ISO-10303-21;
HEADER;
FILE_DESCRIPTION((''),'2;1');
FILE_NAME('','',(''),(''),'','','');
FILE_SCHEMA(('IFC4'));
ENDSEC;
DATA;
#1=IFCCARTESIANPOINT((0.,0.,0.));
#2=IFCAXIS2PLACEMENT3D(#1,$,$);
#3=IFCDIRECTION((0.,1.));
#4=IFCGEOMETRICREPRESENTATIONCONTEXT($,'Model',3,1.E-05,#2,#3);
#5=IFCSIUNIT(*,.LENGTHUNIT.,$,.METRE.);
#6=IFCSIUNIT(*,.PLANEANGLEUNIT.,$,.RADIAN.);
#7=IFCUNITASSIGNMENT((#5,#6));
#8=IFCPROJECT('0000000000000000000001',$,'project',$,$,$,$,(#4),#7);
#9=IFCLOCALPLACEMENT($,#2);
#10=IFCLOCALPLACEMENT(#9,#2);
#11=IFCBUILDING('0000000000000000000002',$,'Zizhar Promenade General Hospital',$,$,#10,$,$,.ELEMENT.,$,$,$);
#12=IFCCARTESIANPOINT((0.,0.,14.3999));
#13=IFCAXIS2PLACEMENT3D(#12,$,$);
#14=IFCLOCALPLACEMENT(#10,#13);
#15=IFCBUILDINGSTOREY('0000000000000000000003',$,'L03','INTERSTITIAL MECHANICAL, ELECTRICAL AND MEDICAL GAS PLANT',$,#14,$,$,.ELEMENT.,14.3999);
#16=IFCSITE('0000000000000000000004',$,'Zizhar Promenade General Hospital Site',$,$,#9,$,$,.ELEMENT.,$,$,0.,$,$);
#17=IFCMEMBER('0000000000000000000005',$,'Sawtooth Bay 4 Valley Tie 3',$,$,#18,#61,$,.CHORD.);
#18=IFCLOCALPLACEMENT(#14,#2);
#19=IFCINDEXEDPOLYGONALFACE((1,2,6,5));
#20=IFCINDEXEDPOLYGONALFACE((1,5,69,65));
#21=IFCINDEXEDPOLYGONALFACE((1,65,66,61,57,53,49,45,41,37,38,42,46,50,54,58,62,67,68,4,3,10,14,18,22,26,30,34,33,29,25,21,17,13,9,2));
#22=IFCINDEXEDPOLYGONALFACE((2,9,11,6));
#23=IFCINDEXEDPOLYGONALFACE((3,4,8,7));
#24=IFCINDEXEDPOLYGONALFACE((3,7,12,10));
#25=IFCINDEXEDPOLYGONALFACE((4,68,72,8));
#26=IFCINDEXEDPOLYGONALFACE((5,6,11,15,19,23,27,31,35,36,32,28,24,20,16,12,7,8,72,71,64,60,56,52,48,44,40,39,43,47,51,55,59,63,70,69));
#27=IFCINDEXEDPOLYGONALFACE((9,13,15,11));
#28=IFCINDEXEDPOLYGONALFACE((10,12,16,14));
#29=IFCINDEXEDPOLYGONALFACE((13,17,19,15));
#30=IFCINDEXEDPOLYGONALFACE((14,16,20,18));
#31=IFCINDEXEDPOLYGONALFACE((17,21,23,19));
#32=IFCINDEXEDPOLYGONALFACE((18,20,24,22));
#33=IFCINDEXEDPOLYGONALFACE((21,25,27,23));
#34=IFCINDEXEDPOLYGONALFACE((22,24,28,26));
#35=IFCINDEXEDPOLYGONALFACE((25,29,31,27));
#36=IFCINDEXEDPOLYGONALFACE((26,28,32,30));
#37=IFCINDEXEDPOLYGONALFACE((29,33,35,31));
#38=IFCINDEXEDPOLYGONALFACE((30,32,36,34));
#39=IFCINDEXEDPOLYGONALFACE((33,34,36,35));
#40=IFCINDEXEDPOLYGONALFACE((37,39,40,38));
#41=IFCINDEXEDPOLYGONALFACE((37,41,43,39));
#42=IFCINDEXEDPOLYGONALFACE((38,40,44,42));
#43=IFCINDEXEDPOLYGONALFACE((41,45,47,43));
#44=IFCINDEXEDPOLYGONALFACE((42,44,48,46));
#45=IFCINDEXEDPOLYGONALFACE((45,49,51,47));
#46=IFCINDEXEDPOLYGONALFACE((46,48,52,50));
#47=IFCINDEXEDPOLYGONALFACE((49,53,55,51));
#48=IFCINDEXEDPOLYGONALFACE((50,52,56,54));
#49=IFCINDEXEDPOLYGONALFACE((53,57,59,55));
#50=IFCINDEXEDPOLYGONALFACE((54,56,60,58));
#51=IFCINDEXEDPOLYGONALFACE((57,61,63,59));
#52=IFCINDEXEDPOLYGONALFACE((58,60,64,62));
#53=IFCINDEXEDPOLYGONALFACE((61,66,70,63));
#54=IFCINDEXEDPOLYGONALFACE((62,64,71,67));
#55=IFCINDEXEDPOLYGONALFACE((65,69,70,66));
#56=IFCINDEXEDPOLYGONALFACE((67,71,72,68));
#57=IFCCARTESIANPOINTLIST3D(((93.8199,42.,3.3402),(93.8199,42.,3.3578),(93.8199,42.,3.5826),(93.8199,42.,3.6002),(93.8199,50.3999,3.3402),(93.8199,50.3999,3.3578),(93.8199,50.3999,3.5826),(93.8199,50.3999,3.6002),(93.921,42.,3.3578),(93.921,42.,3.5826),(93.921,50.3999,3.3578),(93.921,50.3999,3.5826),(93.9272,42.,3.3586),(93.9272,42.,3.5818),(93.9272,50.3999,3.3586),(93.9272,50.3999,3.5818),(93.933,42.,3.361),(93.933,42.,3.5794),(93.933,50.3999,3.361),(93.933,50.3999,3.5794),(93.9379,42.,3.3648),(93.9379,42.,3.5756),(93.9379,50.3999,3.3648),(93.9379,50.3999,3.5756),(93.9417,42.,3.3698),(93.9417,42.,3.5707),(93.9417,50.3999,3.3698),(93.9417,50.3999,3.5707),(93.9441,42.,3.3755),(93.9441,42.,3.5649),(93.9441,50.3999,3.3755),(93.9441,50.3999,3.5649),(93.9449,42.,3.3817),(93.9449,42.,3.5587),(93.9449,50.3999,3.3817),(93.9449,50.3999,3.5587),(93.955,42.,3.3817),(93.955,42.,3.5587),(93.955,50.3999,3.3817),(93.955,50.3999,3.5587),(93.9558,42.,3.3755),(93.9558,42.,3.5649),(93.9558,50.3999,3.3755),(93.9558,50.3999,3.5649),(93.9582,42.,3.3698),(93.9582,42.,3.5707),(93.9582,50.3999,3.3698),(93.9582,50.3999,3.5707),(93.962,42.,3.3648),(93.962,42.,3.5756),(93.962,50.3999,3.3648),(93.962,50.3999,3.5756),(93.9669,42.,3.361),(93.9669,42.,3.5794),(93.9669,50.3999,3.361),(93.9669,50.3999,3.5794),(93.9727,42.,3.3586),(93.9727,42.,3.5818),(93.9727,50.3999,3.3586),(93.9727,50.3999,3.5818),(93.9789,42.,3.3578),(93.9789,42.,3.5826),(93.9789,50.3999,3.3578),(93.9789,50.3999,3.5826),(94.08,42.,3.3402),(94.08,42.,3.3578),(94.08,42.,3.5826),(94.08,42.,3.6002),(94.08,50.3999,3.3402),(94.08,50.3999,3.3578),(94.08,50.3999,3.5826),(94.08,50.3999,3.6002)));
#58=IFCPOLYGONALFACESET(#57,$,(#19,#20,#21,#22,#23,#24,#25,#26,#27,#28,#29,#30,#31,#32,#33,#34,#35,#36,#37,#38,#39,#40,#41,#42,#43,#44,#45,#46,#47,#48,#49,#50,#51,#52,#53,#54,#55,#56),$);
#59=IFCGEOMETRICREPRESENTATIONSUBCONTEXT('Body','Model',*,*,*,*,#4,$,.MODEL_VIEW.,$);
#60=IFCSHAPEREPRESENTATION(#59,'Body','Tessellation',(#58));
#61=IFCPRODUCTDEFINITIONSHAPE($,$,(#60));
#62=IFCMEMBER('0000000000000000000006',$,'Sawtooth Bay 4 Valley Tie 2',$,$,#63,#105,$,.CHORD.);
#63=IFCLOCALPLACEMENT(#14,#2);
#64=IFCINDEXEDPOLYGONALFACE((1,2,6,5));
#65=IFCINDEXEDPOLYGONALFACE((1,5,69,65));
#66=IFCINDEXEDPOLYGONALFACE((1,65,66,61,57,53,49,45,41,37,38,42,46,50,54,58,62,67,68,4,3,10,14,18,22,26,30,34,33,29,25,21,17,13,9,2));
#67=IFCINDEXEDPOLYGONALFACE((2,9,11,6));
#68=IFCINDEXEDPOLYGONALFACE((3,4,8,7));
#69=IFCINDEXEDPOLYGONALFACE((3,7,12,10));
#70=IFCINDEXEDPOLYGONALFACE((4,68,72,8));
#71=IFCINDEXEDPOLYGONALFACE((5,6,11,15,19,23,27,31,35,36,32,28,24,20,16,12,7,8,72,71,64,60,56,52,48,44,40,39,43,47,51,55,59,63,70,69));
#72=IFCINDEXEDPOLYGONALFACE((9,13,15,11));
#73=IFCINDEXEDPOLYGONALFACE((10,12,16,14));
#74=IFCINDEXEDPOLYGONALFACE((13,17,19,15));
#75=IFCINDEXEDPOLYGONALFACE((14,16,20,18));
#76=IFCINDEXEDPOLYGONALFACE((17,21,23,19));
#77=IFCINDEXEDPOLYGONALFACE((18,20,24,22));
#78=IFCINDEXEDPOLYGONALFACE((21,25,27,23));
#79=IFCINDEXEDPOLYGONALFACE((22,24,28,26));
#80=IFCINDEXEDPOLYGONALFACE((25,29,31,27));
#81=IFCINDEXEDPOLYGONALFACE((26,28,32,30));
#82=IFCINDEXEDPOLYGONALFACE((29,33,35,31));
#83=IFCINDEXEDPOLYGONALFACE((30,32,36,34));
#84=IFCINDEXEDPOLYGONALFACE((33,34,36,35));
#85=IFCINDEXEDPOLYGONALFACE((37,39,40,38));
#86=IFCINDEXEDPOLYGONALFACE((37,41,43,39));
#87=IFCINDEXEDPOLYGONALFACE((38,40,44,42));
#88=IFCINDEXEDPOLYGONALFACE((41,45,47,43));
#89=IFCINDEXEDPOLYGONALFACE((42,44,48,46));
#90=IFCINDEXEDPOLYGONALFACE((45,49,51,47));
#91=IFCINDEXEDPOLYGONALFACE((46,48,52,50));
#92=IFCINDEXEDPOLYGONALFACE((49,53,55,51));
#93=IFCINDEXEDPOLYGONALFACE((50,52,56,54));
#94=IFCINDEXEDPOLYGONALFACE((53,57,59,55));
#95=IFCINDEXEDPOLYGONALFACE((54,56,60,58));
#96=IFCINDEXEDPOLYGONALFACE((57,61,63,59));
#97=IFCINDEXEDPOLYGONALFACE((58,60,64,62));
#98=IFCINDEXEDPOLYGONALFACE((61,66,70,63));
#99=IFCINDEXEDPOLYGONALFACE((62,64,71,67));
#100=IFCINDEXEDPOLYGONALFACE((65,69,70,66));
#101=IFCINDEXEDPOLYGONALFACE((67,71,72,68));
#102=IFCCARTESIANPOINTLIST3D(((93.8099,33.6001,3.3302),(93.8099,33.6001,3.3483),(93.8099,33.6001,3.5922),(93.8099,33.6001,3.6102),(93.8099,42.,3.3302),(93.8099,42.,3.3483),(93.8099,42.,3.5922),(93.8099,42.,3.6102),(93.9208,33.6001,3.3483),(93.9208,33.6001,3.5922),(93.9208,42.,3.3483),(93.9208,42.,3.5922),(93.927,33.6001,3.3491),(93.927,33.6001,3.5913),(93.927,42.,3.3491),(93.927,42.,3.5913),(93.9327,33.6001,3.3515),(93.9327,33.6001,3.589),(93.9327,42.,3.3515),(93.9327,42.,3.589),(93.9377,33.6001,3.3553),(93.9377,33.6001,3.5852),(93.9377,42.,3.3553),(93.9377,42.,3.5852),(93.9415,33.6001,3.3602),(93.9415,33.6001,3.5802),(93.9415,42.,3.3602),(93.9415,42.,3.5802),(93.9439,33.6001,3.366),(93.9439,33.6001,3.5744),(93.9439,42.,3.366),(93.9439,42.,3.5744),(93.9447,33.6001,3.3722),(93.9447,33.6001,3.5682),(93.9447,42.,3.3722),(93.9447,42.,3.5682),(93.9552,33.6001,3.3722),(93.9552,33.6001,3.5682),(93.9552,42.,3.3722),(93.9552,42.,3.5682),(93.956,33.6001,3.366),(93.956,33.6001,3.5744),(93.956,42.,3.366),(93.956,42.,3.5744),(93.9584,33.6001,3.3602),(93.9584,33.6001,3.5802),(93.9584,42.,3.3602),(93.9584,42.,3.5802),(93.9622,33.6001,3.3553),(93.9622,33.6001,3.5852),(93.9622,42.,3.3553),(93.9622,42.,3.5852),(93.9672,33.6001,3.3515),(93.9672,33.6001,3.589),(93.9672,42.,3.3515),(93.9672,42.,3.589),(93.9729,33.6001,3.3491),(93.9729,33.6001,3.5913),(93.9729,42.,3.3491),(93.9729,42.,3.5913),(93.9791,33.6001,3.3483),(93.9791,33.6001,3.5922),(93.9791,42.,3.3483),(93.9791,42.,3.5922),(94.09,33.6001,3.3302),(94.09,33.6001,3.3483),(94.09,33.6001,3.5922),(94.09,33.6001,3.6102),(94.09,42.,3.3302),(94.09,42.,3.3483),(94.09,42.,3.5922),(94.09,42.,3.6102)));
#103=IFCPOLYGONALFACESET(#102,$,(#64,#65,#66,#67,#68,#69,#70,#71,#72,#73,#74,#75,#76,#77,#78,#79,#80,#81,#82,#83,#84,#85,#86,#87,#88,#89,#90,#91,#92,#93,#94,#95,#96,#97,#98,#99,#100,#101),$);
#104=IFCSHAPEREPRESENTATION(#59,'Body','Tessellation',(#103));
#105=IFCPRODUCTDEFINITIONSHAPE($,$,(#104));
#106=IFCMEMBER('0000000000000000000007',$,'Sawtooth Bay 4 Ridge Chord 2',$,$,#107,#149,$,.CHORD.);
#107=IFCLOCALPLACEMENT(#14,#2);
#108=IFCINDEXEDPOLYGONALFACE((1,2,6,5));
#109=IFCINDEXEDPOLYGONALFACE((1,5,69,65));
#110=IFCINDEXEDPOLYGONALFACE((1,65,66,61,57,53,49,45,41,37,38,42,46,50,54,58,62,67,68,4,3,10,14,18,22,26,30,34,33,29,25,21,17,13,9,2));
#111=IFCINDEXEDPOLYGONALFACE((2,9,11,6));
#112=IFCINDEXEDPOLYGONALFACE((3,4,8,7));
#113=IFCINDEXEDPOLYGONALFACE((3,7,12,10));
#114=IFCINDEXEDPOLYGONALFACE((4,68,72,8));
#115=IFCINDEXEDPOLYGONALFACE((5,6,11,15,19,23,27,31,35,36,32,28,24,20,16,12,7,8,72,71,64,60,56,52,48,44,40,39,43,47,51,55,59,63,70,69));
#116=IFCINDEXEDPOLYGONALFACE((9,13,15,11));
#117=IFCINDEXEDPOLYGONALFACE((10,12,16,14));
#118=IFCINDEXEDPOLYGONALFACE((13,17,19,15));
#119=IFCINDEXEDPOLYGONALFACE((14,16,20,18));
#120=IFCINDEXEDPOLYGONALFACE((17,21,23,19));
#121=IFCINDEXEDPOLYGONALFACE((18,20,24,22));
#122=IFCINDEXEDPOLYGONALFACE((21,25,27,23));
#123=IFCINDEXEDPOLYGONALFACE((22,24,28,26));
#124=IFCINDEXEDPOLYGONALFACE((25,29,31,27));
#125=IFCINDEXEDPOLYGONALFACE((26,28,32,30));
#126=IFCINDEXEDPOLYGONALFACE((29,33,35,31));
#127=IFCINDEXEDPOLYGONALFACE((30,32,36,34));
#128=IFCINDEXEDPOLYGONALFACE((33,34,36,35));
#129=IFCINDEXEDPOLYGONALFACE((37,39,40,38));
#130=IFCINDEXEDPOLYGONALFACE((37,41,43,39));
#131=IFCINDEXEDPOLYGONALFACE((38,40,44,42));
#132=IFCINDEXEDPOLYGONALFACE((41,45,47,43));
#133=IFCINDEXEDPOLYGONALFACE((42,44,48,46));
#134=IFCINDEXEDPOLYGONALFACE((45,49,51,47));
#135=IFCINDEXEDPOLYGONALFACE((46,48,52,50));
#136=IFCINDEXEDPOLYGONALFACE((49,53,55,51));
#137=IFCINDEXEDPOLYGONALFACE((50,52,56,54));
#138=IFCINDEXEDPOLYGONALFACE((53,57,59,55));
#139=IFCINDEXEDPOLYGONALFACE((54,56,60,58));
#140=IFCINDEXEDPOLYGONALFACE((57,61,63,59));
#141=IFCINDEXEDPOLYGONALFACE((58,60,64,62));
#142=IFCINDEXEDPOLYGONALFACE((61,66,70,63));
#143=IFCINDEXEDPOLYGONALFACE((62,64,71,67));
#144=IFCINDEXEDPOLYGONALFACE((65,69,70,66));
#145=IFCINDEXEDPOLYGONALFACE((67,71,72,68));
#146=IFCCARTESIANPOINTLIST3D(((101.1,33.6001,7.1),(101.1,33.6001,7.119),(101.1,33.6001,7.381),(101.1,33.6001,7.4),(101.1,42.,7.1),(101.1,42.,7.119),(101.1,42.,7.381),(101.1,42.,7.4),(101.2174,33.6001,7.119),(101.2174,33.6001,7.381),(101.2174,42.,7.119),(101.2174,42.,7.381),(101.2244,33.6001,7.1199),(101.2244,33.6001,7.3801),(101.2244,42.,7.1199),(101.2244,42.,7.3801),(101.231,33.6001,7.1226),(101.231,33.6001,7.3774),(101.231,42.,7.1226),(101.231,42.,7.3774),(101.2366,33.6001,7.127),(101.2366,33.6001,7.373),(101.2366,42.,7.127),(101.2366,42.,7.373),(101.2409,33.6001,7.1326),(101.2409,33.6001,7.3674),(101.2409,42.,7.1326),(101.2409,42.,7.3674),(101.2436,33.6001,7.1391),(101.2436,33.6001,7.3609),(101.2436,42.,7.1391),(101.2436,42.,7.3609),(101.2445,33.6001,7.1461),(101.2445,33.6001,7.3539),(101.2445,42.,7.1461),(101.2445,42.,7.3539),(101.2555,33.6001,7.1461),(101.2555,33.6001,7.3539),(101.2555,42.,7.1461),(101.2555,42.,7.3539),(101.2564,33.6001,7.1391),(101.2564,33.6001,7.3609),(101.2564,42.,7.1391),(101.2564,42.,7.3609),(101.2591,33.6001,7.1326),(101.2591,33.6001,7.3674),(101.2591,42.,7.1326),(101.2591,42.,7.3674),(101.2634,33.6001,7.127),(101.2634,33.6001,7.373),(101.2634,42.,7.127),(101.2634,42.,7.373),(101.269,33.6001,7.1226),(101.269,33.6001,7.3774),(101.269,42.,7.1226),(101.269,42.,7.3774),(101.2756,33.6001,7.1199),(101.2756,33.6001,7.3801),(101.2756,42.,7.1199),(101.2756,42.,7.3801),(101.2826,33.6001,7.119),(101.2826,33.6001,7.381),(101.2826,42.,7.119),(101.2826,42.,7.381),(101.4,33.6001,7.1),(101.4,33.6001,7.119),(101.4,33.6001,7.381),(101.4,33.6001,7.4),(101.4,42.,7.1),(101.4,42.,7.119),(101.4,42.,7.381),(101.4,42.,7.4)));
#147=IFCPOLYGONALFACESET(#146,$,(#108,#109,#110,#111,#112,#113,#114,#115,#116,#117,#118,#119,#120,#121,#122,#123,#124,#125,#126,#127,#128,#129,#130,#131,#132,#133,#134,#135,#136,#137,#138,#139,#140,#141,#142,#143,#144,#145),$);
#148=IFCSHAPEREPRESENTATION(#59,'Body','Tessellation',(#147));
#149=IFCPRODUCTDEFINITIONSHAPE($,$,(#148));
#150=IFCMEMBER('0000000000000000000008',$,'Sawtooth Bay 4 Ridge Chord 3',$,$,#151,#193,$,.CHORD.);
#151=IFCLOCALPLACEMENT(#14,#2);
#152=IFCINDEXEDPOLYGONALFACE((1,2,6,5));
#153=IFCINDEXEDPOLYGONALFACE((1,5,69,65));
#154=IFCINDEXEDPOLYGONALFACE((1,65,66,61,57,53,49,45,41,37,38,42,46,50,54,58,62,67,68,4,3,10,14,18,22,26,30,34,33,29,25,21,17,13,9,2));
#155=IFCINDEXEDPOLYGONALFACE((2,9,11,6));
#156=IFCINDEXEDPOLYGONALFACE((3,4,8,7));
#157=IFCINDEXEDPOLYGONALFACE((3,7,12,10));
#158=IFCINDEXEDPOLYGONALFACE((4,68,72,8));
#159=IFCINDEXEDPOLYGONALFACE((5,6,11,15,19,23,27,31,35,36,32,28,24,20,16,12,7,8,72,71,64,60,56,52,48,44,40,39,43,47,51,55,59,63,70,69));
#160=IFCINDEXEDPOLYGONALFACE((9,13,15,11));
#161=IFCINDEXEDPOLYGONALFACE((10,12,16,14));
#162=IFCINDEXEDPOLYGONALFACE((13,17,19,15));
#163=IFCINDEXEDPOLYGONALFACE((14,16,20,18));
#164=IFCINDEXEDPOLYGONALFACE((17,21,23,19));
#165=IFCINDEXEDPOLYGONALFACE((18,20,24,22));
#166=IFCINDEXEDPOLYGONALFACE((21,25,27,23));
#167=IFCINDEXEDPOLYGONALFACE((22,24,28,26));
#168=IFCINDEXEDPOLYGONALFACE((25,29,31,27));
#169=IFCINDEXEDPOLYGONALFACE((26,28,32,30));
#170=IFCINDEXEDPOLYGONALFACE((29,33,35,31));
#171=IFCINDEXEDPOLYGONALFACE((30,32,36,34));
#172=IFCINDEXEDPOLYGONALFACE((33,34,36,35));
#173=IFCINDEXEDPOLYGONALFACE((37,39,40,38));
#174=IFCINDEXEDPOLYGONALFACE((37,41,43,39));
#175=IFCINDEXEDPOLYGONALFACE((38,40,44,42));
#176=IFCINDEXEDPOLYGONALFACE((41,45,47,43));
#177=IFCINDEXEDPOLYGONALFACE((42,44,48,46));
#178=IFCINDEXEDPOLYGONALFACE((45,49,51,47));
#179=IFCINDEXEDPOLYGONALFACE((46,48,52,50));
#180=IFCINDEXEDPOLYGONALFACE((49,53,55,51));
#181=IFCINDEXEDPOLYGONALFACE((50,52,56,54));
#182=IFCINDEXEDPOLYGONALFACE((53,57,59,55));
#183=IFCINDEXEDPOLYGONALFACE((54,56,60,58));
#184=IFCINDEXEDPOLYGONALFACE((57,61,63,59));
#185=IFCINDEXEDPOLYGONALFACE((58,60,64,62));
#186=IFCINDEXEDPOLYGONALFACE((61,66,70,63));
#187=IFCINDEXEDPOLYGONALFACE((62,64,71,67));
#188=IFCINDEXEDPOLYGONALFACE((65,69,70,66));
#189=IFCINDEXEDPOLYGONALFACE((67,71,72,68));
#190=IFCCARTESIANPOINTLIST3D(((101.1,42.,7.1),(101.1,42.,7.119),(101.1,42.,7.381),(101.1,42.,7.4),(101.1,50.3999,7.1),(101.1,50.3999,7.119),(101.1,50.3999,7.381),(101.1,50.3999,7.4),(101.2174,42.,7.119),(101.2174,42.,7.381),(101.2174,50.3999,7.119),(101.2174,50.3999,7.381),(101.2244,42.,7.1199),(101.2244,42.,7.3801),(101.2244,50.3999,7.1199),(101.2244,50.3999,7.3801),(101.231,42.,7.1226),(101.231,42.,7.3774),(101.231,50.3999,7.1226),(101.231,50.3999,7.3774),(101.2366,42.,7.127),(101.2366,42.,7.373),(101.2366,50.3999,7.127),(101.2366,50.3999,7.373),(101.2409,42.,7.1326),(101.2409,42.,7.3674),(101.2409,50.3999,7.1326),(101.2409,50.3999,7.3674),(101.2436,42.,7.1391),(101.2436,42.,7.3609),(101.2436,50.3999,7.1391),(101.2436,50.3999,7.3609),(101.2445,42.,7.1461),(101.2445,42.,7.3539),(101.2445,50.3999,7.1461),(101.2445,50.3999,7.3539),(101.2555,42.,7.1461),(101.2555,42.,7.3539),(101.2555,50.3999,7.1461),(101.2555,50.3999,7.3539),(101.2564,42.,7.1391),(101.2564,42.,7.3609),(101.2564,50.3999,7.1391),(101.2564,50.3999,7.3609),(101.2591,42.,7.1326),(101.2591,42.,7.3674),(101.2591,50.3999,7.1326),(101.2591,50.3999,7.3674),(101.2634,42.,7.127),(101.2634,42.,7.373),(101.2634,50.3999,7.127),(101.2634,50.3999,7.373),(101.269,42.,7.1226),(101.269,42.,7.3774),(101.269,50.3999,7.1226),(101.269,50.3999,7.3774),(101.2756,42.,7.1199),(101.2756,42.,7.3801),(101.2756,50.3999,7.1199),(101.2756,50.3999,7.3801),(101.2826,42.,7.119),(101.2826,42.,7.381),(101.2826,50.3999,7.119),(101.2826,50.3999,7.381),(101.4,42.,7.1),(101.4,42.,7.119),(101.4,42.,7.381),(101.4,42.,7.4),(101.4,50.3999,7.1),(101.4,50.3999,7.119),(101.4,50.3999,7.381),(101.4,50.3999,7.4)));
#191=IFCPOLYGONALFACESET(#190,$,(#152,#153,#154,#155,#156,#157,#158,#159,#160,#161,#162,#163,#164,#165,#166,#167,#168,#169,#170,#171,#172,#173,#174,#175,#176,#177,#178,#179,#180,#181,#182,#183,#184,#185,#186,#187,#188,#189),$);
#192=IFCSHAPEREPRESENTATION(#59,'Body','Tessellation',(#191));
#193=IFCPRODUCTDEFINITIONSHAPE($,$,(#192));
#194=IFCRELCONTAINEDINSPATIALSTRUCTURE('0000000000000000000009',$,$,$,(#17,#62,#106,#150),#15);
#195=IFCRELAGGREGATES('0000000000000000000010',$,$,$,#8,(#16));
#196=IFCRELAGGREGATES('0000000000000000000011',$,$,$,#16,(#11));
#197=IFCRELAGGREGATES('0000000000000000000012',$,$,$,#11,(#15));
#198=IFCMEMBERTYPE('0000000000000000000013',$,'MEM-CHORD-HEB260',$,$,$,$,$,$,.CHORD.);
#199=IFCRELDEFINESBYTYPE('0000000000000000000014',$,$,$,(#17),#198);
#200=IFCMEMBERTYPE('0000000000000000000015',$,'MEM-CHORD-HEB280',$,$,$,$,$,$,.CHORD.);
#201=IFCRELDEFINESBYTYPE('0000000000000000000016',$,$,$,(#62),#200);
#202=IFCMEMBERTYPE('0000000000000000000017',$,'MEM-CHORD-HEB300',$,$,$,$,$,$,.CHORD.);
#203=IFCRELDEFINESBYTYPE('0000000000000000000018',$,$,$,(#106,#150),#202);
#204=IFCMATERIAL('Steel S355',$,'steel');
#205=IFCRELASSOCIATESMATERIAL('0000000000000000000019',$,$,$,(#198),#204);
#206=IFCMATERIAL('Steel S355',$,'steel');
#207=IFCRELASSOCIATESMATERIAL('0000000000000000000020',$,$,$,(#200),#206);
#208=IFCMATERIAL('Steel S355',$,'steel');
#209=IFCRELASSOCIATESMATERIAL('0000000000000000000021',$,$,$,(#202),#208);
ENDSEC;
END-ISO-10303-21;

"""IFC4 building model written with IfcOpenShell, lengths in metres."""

from ifc_helpers import new_model, si_unit, direction, frame, origin, origin_2d, place, context, subcontext, project, spatial, i_section, extrude, material, material_profile, profile_set, type_object, element, save


model = new_model("IFC4")

# Units and contexts
model_context = context("Model", 3, precision=1e-05, world=origin(), true_north=direction((0.0, 1.0)))
body_context = subcontext(model_context, "Body", "Model", "MODEL_VIEW")
ifc_project = project(units=[si_unit("LENGTHUNIT", "METRE"), si_unit("PLANEANGLEUNIT", "RADIAN")], contexts=[model_context])

# Site, building, storey
site_placement = place(None, origin())
site = spatial("IfcSite", under=ifc_project, at=site_placement, Name="Zizhar Promenade General Hospital Site", CompositionType="ELEMENT", RefElevation=0.0)
building_placement = place(site_placement, origin())
building = spatial("IfcBuilding", under=site, at=building_placement, Name="Zizhar Promenade General Hospital", CompositionType="ELEMENT")
storey_placement = place(building_placement, frame((0.0, 0.0, 14.3999)))
storey = spatial("IfcBuildingStorey", under=building, at=storey_placement, Name="L03", Description="INTERSTITIAL MECHANICAL, ELECTRICAL AND MEDICAL GAS PLANT", CompositionType="ELEMENT", Elevation=14.3999)

# Members
ifc_material_1 = material(Name="Steel S355", Category="steel")
ifc_material_profile_1 = material_profile(ifc_material_1, i_section(OverallWidth=0.26, OverallDepth=0.26, WebThickness=0.01, FlangeThickness=0.0176, FilletRadius=0.0239, at=origin_2d()))
ifc_profile_set_1 = profile_set([ifc_material_profile_1], Name="Steel S355")
member_type_1 = type_object("IfcMemberType", Name="MEM-CHORD-HEB260", PredefinedType="CHORD", material=ifc_profile_set_1)
member_1_placement = place(storey_placement, frame((93.95, 42.0, 3.4702), z_axis=(0.0, 1.0, 0.0), x_axis=(-1.0, 0.0, 0.0)))
element("IfcMember", 1, at=member_1_placement, inside=storey, type_object=member_type_1, Name="Sawtooth Bay 4 Valley Tie 3", PredefinedType="CHORD", context=body_context, shape_type="SweptSolid", body=[
    extrude(i_section(OverallWidth=0.26, OverallDepth=0.26, WebThickness=0.01, FlangeThickness=0.0176, FilletRadius=0.0239, at=origin_2d()), origin(), (0.0, 0.0, 1.0), 8.3999),
])
ifc_material_2 = material(Name="Steel S355", Category="steel")
ifc_material_profile_2 = material_profile(ifc_material_2, i_section(OverallWidth=0.28, OverallDepth=0.28, WebThickness=0.0105, FlangeThickness=0.0181, FilletRadius=0.0239, at=origin_2d()))
ifc_profile_set_2 = profile_set([ifc_material_profile_2], Name="Steel S355")
member_type_2 = type_object("IfcMemberType", Name="MEM-CHORD-HEB280", PredefinedType="CHORD", material=ifc_profile_set_2)
member_2_placement = place(storey_placement, frame((93.95, 33.6001, 3.4702), z_axis=(0.0, 1.0, 0.0), x_axis=(-1.0, 0.0, 0.0)))
element("IfcMember", 2, at=member_2_placement, inside=storey, type_object=member_type_2, Name="Sawtooth Bay 4 Valley Tie 2", PredefinedType="CHORD", context=body_context, shape_type="SweptSolid", body=[
    extrude(i_section(OverallWidth=0.28, OverallDepth=0.28, WebThickness=0.0105, FlangeThickness=0.0181, FilletRadius=0.0239, at=origin_2d()), origin(), (0.0, 0.0, 1.0), 8.3999),
])
ifc_material_3 = material(Name="Steel S355", Category="steel")
ifc_material_profile_3 = material_profile(ifc_material_3, i_section(OverallWidth=0.3, OverallDepth=0.3, WebThickness=0.011, FlangeThickness=0.019, FilletRadius=0.0271, at=origin_2d()))
ifc_profile_set_3 = profile_set([ifc_material_profile_3], Name="Steel S355")
member_type_3 = type_object("IfcMemberType", Name="MEM-CHORD-HEB300", PredefinedType="CHORD", material=ifc_profile_set_3)
for number, where, z_axis, x_axis, name in (
    (3, (101.25, 33.6001, 7.25), (0.0, 1.0, 0.0), (-1.0, 0.0, 0.0), "Sawtooth Bay 4 Ridge Chord 2"),
    (4, (101.25, 42.0, 7.25), (0.0, 1.0, 0.0), (-1.0, 0.0, 0.0), "Sawtooth Bay 4 Ridge Chord 3"),
):
    element("IfcMember", number, at=place(storey_placement, frame(where, z_axis=z_axis, x_axis=x_axis)), inside=storey, type_object=member_type_3, Name=name, PredefinedType="CHORD", context=body_context, shape_type="SweptSolid", body=[
        extrude(i_section(OverallWidth=0.3, OverallDepth=0.3, WebThickness=0.011, FlangeThickness=0.019, FilletRadius=0.0271, at=origin_2d()), origin(), (0.0, 0.0, 1.0), 8.3999),
    ])

save(model, "model.ifc")
